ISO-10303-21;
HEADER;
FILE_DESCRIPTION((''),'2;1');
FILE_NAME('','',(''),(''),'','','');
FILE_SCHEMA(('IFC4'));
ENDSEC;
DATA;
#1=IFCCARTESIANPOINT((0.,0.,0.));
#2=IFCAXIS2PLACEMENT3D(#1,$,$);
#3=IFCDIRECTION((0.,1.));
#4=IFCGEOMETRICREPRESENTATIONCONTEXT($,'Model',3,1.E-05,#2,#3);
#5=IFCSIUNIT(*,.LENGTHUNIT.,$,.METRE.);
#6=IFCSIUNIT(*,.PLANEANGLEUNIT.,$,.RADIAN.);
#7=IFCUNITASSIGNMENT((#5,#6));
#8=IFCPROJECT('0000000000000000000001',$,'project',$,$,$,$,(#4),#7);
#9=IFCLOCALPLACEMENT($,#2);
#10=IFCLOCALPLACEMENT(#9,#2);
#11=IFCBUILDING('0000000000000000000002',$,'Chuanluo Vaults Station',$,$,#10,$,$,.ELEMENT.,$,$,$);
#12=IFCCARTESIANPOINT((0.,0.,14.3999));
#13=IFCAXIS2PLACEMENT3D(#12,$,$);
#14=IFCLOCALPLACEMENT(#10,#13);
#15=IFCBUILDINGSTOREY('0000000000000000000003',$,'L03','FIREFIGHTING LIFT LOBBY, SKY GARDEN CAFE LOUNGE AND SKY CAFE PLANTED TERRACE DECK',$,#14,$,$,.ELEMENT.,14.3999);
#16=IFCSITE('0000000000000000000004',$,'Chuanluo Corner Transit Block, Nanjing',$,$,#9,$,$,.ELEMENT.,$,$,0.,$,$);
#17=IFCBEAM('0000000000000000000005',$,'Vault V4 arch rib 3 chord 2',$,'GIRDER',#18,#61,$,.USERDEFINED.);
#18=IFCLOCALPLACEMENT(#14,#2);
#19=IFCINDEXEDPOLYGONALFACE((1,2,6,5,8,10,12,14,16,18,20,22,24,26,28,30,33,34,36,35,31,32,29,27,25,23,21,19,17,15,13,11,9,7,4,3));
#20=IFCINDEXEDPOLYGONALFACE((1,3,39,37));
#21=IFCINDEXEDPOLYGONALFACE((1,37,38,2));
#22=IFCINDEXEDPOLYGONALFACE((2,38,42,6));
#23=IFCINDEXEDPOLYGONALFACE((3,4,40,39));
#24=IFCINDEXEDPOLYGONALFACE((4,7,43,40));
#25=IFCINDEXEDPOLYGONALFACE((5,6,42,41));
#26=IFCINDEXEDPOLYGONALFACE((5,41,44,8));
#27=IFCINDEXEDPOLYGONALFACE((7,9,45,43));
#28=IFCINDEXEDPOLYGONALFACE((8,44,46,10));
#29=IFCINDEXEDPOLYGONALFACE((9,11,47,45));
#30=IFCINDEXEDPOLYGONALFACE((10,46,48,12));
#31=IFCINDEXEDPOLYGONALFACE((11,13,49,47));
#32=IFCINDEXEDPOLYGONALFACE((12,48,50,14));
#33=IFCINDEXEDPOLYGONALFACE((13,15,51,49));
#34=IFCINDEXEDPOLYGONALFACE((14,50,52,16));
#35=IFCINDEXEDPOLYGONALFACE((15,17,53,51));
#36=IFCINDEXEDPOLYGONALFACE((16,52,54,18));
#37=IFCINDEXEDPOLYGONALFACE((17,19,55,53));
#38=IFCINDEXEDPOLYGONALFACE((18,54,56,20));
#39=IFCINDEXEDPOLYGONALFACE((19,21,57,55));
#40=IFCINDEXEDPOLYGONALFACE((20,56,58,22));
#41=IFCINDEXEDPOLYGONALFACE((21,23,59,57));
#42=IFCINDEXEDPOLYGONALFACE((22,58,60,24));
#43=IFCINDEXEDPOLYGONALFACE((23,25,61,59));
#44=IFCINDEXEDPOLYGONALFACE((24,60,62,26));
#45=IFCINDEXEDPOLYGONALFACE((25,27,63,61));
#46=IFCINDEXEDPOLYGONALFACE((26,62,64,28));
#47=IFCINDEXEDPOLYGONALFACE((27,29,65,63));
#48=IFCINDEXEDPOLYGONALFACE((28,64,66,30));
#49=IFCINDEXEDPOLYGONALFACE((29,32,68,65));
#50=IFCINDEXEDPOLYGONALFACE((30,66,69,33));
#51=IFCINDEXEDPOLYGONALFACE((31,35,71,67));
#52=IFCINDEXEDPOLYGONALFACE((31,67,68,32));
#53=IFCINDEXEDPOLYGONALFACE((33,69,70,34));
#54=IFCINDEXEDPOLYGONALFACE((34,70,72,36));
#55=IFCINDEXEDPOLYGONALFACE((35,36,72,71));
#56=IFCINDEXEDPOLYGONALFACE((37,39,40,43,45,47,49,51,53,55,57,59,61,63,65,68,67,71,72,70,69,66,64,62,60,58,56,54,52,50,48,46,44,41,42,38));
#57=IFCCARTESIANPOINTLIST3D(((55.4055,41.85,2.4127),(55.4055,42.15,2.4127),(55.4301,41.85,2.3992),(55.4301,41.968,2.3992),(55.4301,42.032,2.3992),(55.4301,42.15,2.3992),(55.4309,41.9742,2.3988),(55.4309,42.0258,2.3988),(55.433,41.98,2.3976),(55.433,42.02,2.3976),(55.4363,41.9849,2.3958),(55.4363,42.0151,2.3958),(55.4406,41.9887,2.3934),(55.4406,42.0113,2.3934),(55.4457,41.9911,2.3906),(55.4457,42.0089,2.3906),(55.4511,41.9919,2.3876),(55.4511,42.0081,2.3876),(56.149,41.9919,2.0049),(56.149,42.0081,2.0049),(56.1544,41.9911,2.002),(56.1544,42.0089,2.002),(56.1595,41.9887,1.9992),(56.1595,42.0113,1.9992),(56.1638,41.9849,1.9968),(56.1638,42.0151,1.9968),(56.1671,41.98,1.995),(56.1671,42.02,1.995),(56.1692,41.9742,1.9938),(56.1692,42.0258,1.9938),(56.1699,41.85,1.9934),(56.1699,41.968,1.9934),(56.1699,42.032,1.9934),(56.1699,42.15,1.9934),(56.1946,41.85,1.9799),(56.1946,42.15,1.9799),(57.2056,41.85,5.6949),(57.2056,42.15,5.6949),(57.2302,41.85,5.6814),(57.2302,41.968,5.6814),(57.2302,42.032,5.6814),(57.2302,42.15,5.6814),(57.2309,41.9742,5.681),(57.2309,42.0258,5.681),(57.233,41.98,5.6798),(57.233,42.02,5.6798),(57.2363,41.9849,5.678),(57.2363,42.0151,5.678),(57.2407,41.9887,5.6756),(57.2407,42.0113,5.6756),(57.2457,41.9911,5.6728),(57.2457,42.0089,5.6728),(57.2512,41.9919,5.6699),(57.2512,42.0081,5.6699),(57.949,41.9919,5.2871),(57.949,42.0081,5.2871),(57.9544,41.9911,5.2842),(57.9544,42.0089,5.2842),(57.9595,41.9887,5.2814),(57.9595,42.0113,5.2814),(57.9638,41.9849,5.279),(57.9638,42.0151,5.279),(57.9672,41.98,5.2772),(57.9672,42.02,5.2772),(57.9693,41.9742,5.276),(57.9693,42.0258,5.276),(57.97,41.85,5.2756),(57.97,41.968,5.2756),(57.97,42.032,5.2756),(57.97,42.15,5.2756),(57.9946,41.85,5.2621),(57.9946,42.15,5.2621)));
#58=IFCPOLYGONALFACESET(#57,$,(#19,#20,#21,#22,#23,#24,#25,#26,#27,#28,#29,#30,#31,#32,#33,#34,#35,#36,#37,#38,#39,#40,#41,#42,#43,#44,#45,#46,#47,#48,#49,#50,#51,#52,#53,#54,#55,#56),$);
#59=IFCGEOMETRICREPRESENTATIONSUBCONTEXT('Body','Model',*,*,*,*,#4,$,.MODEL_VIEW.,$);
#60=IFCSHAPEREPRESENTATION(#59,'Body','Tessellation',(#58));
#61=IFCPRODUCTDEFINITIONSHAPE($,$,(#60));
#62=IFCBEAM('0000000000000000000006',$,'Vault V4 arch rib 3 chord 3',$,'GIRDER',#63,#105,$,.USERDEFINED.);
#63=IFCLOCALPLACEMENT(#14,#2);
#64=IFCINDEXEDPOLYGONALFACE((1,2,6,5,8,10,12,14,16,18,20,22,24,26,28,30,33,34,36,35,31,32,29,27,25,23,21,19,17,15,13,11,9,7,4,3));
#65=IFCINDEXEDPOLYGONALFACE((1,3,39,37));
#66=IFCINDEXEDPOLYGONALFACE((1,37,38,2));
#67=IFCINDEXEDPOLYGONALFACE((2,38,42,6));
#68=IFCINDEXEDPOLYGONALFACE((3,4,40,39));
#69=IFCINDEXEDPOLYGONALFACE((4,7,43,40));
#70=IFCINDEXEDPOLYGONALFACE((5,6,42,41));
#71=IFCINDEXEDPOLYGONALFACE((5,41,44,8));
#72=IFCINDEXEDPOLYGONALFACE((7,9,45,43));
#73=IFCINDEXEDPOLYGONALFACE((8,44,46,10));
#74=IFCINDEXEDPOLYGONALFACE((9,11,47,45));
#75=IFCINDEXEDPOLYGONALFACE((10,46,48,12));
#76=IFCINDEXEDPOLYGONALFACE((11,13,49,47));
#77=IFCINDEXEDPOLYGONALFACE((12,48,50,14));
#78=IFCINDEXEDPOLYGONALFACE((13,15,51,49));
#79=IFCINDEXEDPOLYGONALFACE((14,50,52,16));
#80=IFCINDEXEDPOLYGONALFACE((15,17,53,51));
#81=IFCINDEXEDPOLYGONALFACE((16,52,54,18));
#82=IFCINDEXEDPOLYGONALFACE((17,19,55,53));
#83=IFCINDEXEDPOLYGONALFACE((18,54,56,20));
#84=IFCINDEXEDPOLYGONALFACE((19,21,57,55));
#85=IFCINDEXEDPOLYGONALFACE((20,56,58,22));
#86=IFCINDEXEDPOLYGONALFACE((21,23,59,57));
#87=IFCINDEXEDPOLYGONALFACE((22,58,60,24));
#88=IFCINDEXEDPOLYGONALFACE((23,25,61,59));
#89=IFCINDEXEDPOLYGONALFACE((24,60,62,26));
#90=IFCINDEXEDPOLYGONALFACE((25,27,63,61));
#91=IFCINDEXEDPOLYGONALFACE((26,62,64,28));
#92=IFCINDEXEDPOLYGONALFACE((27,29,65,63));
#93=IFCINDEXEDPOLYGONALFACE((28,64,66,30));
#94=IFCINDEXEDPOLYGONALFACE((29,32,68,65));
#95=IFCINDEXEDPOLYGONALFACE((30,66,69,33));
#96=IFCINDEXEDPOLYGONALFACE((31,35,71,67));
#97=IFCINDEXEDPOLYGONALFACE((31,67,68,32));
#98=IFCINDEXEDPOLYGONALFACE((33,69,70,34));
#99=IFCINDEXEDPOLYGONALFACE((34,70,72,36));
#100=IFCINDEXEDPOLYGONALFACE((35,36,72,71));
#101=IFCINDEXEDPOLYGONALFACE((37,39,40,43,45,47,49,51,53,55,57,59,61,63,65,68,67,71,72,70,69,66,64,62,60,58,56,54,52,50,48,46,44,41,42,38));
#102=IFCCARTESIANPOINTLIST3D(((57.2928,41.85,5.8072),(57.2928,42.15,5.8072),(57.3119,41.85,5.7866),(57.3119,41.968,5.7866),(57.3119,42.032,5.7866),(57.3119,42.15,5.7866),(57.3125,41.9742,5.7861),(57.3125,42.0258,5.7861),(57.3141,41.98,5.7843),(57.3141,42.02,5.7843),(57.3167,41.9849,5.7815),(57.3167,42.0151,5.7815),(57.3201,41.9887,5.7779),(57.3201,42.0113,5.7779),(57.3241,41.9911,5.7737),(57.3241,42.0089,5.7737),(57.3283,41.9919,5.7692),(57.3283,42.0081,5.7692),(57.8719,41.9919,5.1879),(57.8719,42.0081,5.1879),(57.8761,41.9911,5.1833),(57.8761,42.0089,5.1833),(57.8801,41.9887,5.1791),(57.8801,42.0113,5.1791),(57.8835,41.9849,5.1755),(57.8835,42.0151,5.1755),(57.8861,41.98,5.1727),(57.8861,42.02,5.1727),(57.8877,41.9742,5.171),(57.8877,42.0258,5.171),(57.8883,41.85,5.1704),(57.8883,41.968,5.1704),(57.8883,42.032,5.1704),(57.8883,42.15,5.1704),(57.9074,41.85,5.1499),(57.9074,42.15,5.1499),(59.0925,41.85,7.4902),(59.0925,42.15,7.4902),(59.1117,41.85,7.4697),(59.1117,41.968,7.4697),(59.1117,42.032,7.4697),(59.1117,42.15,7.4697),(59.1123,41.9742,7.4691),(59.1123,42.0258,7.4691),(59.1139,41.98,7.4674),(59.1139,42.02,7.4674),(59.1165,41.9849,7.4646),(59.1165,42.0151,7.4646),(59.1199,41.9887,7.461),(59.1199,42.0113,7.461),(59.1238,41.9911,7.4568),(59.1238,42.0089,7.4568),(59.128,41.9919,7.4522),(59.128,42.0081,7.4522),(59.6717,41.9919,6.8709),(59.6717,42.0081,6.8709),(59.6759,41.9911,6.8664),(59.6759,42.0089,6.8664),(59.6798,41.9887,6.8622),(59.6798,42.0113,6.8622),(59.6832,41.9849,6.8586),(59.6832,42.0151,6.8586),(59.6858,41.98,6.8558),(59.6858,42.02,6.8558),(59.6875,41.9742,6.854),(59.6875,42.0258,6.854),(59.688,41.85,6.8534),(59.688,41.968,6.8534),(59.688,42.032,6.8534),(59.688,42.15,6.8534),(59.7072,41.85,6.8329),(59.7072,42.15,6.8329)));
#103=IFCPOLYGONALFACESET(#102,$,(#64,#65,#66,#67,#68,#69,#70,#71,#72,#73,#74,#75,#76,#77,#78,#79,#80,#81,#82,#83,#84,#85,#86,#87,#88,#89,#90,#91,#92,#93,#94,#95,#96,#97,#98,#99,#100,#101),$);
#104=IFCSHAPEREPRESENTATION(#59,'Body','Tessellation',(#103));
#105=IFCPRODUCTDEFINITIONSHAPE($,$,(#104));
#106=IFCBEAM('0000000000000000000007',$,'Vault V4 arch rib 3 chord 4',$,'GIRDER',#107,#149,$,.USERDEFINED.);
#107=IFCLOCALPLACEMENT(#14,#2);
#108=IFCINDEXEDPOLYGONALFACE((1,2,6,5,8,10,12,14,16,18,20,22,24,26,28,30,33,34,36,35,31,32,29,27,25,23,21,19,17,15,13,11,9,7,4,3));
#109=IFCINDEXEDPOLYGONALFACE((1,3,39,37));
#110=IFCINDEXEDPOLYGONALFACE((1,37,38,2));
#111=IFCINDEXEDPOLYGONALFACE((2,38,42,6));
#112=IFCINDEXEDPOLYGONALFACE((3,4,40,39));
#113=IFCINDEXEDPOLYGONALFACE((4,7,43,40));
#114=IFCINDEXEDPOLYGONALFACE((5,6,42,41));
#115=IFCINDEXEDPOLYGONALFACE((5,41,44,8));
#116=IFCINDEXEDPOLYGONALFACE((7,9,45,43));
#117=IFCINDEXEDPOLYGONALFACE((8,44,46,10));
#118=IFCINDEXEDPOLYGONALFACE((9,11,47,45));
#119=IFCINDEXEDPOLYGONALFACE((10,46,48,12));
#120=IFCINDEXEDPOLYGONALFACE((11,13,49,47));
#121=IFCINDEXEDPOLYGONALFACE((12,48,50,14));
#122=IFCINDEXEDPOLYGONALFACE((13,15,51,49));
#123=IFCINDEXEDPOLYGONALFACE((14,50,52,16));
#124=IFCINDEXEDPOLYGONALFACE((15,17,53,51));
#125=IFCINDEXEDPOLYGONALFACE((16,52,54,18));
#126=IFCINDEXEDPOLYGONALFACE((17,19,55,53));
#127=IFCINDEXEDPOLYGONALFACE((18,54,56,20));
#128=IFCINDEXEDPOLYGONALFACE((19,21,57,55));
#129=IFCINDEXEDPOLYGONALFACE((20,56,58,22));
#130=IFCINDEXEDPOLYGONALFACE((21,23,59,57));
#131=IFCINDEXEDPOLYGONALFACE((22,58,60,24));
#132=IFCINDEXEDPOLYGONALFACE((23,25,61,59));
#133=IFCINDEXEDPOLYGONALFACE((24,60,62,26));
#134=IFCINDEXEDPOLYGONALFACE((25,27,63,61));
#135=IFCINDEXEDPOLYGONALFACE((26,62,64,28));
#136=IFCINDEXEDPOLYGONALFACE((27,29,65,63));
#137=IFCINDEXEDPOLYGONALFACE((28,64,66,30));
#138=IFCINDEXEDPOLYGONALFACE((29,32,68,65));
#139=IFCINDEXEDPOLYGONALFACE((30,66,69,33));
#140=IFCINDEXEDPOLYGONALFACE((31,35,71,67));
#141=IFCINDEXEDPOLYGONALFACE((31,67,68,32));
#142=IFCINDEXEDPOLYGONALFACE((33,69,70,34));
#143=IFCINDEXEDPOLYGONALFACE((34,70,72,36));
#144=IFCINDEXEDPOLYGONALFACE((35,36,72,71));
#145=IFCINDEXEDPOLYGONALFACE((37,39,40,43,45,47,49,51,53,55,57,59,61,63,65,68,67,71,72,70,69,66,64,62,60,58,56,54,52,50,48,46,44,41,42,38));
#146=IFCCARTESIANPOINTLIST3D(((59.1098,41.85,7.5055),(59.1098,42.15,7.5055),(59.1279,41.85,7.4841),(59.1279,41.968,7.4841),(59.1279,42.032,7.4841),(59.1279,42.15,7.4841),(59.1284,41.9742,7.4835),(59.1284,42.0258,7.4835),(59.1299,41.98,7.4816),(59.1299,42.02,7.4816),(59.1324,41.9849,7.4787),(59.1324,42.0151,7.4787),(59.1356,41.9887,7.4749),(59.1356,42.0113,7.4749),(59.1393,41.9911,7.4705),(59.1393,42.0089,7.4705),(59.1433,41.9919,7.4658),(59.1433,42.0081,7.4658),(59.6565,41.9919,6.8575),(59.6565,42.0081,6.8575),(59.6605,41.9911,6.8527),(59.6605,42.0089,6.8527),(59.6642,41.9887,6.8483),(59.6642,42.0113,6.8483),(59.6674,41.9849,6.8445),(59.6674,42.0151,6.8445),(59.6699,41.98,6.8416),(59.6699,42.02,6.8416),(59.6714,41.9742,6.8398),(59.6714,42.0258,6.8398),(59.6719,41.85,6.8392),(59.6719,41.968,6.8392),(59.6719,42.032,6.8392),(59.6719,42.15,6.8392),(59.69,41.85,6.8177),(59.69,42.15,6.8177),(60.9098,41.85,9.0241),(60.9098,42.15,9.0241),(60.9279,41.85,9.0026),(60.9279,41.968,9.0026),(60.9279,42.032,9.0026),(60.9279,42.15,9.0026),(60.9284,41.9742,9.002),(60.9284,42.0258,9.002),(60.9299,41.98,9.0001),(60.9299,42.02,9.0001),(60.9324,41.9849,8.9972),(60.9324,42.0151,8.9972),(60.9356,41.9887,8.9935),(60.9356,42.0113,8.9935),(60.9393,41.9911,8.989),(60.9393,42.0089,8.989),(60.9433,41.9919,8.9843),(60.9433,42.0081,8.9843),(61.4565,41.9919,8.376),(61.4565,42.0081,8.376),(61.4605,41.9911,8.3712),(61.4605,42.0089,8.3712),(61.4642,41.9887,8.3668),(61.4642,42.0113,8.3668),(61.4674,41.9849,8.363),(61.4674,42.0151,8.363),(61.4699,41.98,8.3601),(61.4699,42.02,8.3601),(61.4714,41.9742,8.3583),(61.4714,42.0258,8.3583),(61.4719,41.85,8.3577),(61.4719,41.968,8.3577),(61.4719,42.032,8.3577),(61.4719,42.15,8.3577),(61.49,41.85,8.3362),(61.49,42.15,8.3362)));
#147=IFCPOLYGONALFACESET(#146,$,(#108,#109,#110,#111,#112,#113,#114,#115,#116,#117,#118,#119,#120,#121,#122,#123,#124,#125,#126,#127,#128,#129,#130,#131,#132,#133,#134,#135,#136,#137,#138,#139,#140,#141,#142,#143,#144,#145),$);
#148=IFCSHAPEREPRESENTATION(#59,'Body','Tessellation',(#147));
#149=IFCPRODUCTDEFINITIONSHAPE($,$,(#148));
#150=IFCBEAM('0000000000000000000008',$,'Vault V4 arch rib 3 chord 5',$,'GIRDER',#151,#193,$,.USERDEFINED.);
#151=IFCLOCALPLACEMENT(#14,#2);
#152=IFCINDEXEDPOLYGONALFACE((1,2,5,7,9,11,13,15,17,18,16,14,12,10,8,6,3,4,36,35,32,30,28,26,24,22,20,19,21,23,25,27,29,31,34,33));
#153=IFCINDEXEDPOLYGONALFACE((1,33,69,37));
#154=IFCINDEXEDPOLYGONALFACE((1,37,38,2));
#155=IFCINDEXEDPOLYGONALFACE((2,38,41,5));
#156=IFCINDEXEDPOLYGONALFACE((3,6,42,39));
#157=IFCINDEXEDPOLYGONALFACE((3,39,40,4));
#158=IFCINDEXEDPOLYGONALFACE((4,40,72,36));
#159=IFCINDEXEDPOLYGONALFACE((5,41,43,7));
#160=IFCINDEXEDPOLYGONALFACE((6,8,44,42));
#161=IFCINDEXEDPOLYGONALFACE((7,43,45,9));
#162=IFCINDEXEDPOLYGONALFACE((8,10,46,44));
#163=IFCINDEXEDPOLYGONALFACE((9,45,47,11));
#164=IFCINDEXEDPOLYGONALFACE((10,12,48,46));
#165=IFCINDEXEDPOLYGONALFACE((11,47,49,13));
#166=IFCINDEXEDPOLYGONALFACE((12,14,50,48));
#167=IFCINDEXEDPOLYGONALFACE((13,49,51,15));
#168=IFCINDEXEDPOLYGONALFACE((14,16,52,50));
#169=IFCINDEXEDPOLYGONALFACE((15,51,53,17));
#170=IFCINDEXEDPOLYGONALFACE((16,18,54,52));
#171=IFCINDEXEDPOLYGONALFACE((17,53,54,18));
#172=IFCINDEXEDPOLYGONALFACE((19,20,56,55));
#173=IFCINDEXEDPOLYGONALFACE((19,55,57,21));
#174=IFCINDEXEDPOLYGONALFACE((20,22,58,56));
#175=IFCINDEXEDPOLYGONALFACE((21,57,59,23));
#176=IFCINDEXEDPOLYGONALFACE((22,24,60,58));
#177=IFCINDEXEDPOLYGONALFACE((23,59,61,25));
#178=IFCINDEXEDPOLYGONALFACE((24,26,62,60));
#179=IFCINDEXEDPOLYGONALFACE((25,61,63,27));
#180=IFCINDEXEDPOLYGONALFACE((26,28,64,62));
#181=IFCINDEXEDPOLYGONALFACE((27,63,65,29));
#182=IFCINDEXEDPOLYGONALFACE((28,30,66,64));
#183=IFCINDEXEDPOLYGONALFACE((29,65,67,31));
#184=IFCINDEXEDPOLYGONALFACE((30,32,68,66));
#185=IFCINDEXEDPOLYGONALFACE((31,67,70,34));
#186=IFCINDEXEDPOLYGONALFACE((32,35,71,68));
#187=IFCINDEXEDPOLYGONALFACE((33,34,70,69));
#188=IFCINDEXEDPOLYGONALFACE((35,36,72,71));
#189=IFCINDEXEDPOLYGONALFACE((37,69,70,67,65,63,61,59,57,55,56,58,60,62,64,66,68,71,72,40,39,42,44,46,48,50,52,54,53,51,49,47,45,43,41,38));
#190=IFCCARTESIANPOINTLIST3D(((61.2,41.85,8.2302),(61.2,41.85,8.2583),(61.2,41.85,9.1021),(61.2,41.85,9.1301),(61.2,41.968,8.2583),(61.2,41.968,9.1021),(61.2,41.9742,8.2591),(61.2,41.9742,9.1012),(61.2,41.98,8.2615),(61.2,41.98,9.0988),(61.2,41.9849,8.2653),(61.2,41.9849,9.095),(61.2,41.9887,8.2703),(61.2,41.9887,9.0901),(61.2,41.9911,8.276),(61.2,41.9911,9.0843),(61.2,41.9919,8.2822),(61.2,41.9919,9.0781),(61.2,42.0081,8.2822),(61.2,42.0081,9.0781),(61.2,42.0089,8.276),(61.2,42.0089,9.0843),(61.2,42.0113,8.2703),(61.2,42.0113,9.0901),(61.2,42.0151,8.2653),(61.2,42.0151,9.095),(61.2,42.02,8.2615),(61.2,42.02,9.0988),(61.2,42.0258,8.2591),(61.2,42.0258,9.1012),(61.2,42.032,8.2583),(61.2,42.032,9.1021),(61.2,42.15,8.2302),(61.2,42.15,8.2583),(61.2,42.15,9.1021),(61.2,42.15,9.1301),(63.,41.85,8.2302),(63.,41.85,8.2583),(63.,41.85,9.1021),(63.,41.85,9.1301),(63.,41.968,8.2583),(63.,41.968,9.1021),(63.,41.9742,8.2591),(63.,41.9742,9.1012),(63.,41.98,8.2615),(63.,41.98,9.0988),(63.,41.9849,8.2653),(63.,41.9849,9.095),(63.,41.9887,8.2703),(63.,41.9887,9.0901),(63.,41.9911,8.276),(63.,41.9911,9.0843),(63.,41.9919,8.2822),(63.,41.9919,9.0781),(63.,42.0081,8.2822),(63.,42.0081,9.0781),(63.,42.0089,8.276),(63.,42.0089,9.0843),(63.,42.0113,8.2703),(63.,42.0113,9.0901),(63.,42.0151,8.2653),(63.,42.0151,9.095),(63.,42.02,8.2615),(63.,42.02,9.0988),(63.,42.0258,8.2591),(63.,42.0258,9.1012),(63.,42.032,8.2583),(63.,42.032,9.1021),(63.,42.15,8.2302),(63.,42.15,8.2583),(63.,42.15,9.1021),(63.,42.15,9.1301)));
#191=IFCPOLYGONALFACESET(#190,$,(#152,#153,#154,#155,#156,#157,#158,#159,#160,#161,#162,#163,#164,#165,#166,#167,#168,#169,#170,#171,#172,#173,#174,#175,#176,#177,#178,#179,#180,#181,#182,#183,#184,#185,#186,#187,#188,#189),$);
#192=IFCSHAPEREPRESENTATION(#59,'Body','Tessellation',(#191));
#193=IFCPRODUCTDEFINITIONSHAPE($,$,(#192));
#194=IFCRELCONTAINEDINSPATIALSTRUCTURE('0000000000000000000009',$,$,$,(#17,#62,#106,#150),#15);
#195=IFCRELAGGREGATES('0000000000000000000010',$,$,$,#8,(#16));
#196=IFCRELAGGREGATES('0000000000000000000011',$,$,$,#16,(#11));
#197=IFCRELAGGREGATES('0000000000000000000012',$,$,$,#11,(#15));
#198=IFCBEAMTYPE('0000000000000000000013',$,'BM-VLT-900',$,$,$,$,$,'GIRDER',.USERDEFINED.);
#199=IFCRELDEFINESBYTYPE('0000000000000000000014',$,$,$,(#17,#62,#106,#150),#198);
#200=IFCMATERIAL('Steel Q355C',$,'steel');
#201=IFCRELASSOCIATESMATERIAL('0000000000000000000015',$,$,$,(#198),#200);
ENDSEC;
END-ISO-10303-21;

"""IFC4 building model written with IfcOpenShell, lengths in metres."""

from ifc_helpers import new_model, si_unit, direction, frame, origin, origin_2d, place, context, subcontext, project, spatial, i_section, extrude, material, material_profile, profile_set, type_object, element, save


model = new_model("IFC4")

# Units and contexts
model_context = context("Model", 3, precision=1e-05, world=origin(), true_north=direction((0.0, 1.0)))
body_context = subcontext(model_context, "Body", "Model", "MODEL_VIEW")
ifc_project = project(units=[si_unit("LENGTHUNIT", "METRE"), si_unit("PLANEANGLEUNIT", "RADIAN")], contexts=[model_context])

# Site, building, storey
site_placement = place(None, origin())
site = spatial("IfcSite", under=ifc_project, at=site_placement, Name="Chuanluo Corner Transit Block, Nanjing", CompositionType="ELEMENT", RefElevation=0.0)
building_placement = place(site_placement, origin())
building = spatial("IfcBuilding", under=site, at=building_placement, Name="Chuanluo Vaults Station", CompositionType="ELEMENT")
storey_placement = place(building_placement, frame((0.0, 0.0, 14.3999)))
storey = spatial("IfcBuildingStorey", under=building, at=storey_placement, Name="L03", Description="FIREFIGHTING LIFT LOBBY, SKY GARDEN CAFE LOUNGE AND SKY CAFE PLANTED TERRACE DECK", CompositionType="ELEMENT", Elevation=14.3999)

# Beams
ifc_material_1 = material(Name="Steel Q355C", Category="steel")
ifc_material_profile_1 = material_profile(ifc_material_1, i_section(OverallWidth=0.3, OverallDepth=0.8999, WebThickness=0.0161, FlangeThickness=0.0281, FilletRadius=0.0239, at=origin_2d()))
ifc_profile_set_1 = profile_set([ifc_material_profile_1], Name="Steel Q355C")
beam_type = type_object("IfcBeamType", Name="BM-VLT-900", ElementType="GIRDER", PredefinedType="USERDEFINED", material=ifc_profile_set_1)
beam_1_placement = place(storey_placement, frame((55.8, 42.0, 2.1963), z_axis=(0.480857, 0.0, 0.876799), x_axis=(0.0, 1.0, 0.0)))
element("IfcBeam", 1, at=beam_1_placement, inside=storey, type_object=beam_type, Name="Vault V4 arch rib 3 chord 2", ObjectType="GIRDER", PredefinedType="USERDEFINED", context=body_context, shape_type="SweptSolid", body=[
    extrude(i_section(OverallWidth=0.3, OverallDepth=0.8999, WebThickness=0.0161, FlangeThickness=0.0281, FilletRadius=0.0239, at=origin_2d()), origin(), (0.0, 0.0, 1.0), 3.7434),
])
beam_2_placement = place(storey_placement, frame((57.6001, 42.0, 5.4785), z_axis=(0.730389, 0.0, 0.683031), x_axis=(0.0, 1.0, 0.0)))
element("IfcBeam", 2, at=beam_2_placement, inside=storey, type_object=beam_type, Name="Vault V4 arch rib 3 chord 3", ObjectType="GIRDER", PredefinedType="USERDEFINED", context=body_context, shape_type="SweptSolid", body=[
    extrude(i_section(OverallWidth=0.3, OverallDepth=0.8999, WebThickness=0.0161, FlangeThickness=0.0281, FilletRadius=0.0239, at=origin_2d()), origin(), (0.0, 0.0, 1.0), 2.4641),
])
beam_3_placement = place(storey_placement, frame((59.3999, 42.0, 7.1616), z_axis=(0.764341, 0.0, 0.644812), x_axis=(0.0, 1.0, 0.0)))
element("IfcBeam", 3, at=beam_3_placement, inside=storey, type_object=beam_type, Name="Vault V4 arch rib 3 chord 4", ObjectType="GIRDER", PredefinedType="USERDEFINED", context=body_context, shape_type="SweptSolid", body=[
    extrude(i_section(OverallWidth=0.3, OverallDepth=0.8999, WebThickness=0.0161, FlangeThickness=0.0281, FilletRadius=0.0239, at=origin_2d()), origin(), (0.0, 0.0, 1.0), 2.355),
])
for number, where, z_axis, x_axis, name in (
    (4, (61.2, 42.0, 8.6802), (1.0, 0.0, 0.0), (0.0, 1.0, 0.0), "Vault V4 arch rib 3 chord 5"),
):
    element("IfcBeam", number, at=place(storey_placement, frame(where, z_axis=z_axis, x_axis=x_axis)), inside=storey, type_object=beam_type, Name=name, ObjectType="GIRDER", PredefinedType="USERDEFINED", context=body_context, shape_type="SweptSolid", body=[
        extrude(i_section(OverallWidth=0.3, OverallDepth=0.8999, WebThickness=0.0161, FlangeThickness=0.0281, FilletRadius=0.0239, at=origin_2d()), origin(), (0.0, 0.0, 1.0), 1.8),
    ])

save(model, "model.ifc")
